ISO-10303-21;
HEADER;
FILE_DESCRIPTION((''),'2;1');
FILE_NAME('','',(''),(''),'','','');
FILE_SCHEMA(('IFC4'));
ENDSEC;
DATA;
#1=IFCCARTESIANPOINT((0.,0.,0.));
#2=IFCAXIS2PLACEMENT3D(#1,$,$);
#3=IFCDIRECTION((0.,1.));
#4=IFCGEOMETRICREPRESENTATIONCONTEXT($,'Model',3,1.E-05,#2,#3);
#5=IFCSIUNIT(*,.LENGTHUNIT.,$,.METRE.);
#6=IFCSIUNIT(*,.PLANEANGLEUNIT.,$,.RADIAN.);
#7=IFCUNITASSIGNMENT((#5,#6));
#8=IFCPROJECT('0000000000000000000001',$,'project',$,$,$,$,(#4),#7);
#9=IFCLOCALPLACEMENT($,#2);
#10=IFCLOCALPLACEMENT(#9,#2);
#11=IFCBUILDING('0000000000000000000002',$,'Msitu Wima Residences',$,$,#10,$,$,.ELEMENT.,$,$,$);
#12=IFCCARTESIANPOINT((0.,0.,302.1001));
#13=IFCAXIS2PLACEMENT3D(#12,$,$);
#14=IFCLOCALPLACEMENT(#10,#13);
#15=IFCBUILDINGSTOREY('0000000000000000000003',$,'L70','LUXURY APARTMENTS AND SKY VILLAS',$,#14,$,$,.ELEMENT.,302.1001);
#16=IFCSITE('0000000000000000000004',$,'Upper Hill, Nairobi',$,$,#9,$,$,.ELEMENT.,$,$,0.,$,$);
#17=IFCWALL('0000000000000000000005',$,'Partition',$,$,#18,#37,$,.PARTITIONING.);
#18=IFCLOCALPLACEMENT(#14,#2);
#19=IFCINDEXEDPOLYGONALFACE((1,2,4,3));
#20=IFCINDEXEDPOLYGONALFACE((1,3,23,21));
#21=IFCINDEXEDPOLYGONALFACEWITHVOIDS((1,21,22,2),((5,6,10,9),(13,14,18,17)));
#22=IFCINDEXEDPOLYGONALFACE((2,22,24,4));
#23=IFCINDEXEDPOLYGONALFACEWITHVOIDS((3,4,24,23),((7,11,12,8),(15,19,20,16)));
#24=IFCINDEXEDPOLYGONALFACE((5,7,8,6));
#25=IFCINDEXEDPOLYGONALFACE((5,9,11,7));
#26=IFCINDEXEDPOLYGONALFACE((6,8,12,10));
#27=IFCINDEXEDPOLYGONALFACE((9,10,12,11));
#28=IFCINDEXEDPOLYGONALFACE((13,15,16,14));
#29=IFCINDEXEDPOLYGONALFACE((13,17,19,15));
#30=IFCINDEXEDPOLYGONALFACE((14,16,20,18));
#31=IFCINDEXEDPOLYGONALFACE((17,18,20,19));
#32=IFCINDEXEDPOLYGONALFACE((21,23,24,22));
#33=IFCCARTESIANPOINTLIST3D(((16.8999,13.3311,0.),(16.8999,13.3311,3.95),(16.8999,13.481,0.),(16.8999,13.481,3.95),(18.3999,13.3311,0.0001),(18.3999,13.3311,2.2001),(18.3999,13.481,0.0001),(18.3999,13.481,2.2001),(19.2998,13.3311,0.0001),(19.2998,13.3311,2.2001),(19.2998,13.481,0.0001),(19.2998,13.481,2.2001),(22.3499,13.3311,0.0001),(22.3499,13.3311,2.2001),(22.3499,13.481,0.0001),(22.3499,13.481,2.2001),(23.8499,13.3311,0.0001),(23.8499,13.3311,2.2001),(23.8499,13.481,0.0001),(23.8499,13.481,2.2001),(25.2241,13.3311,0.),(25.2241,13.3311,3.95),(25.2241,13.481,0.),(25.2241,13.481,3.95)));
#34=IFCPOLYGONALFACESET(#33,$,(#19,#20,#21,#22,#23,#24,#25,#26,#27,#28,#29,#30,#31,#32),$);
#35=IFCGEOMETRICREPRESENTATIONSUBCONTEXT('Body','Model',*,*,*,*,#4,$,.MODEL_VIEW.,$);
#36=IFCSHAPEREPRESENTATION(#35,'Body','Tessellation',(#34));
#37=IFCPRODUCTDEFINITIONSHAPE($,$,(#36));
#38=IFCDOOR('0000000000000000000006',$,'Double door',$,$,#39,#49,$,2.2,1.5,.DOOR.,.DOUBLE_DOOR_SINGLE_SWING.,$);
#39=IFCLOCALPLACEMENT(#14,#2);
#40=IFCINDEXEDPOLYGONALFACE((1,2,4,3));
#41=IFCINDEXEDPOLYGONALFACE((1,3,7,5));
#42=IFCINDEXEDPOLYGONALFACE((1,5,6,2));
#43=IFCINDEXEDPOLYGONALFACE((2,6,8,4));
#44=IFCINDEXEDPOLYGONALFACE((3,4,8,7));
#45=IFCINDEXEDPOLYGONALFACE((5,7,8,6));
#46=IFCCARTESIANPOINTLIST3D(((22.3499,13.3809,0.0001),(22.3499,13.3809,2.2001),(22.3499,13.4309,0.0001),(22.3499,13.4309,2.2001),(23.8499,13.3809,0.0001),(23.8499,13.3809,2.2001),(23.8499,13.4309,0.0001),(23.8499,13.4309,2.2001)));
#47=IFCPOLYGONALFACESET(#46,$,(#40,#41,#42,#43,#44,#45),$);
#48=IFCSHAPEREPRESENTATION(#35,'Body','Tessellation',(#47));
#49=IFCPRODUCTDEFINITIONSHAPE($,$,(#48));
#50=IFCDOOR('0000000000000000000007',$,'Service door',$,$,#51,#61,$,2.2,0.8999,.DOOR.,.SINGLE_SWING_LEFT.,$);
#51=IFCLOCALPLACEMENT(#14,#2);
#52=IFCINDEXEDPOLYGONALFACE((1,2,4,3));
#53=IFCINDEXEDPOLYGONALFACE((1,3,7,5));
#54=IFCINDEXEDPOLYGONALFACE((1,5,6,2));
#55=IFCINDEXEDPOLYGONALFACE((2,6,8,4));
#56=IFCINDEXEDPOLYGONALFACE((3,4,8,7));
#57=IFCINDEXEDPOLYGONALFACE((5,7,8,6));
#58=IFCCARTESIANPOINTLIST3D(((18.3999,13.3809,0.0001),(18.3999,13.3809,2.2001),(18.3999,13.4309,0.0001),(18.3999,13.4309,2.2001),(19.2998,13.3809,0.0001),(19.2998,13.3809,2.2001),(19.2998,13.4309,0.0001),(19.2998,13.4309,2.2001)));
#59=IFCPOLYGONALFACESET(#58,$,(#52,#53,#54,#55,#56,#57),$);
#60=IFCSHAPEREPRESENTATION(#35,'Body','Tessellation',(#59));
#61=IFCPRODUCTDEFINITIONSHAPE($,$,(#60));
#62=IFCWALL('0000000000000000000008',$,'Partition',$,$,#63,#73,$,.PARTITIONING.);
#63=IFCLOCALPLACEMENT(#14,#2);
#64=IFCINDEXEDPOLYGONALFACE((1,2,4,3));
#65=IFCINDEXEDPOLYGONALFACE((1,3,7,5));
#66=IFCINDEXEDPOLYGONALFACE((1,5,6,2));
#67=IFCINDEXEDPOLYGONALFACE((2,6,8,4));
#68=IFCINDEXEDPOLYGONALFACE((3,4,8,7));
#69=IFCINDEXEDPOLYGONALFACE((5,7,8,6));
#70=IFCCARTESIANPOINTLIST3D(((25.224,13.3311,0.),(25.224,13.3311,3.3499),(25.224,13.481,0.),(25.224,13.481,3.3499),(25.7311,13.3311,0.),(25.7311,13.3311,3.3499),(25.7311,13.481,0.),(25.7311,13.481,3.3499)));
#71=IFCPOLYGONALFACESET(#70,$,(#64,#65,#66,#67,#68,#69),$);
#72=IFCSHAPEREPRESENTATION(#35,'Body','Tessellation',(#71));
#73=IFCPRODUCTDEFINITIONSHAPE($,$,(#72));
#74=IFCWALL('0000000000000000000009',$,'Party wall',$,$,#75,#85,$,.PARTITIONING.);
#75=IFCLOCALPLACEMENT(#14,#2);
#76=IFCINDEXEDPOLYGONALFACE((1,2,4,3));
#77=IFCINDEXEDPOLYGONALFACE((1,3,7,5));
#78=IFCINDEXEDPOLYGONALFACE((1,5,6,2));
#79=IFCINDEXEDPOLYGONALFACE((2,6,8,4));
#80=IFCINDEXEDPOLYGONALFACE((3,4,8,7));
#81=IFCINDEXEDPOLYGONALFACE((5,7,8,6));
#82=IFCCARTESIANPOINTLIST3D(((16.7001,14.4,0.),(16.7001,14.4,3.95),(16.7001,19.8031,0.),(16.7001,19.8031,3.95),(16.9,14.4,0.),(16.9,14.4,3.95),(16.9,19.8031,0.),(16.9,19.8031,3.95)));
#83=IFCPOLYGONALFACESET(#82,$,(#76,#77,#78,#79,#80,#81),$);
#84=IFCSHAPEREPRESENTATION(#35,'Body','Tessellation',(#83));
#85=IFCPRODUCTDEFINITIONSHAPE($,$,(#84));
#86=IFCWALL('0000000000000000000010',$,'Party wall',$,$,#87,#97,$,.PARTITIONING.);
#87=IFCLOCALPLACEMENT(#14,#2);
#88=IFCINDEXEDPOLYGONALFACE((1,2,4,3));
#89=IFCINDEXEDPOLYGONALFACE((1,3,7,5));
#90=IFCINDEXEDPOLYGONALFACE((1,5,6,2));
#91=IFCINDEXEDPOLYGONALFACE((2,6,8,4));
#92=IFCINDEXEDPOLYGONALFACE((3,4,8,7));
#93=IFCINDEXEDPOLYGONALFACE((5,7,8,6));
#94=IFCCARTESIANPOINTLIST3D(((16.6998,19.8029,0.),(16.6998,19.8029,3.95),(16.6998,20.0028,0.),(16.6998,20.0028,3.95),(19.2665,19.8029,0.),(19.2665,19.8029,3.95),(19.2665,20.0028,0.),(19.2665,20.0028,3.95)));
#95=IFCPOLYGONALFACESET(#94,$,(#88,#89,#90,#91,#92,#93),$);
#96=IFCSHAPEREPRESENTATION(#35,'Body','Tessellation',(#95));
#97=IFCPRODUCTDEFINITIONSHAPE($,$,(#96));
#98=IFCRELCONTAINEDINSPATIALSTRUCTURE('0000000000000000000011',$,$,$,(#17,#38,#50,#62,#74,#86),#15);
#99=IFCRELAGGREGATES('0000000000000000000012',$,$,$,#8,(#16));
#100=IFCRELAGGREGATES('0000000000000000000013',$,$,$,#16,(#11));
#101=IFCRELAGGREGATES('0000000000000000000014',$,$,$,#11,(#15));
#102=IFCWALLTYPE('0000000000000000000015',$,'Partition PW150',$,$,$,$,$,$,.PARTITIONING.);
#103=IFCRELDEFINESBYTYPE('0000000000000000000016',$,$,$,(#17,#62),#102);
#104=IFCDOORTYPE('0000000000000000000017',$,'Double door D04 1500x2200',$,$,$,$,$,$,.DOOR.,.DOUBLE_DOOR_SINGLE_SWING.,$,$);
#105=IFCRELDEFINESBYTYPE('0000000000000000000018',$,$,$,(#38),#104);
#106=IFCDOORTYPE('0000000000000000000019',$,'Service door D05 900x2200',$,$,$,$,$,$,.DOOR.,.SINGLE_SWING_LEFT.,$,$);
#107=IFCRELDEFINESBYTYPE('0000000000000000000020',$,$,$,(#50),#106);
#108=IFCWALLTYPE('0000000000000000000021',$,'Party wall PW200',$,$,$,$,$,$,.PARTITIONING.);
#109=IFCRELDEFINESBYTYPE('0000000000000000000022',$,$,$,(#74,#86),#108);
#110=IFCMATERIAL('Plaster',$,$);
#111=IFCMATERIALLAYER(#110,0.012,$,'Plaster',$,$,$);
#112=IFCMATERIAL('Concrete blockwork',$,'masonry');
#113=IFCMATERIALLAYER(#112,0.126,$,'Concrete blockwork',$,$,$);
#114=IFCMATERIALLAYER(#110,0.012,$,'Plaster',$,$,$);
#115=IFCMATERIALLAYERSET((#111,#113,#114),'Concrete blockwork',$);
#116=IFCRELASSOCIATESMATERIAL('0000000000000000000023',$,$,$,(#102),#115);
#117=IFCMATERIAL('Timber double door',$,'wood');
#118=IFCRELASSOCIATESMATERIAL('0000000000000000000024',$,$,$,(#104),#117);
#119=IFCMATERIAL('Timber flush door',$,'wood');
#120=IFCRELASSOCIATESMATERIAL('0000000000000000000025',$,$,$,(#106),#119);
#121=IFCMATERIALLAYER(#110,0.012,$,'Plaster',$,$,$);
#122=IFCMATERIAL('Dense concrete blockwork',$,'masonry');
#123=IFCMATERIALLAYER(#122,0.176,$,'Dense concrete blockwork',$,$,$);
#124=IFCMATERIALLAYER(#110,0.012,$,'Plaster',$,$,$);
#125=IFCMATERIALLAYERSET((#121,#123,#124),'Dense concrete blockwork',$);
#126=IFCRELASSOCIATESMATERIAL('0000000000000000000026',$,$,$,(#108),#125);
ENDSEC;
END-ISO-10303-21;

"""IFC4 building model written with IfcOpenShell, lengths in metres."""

from ifc_helpers import new_model, si_unit, direction, frame, frame_2d, origin, place, context, subcontext, project, spatial, rectangle, extrude, material, layer, layer_set, type_object, element, fill, save


model = new_model("IFC4")

# Units and contexts
model_context = context("Model", 3, precision=1e-05, world=origin(), true_north=direction((0.0, 1.0)))
body_context = subcontext(model_context, "Body", "Model", "MODEL_VIEW")
ifc_project = project(units=[si_unit("LENGTHUNIT", "METRE"), si_unit("PLANEANGLEUNIT", "RADIAN")], contexts=[model_context])

# Site, building, storey
site_placement = place(None, origin())
site = spatial("IfcSite", under=ifc_project, at=site_placement, Name="Upper Hill, Nairobi", CompositionType="ELEMENT", RefElevation=0.0)
building_placement = place(site_placement, origin())
building = spatial("IfcBuilding", under=site, at=building_placement, Name="Msitu Wima Residences", CompositionType="ELEMENT")
storey_placement = place(building_placement, frame((0.0, 0.0, 302.1001)))
storey = spatial("IfcBuildingStorey", under=building, at=storey_placement, Name="L70", Description="LUXURY APARTMENTS AND SKY VILLAS", CompositionType="ELEMENT", Elevation=302.1001)

# Shared definitions
ifc_material_1 = material(Name="Plaster")
ifc_material_2 = material(Name="Concrete blockwork", Category="masonry")

# Wall, openings, doors
ifc_layer_1 = layer(ifc_material_1, 0.012, Name="Plaster")
ifc_layer_2 = layer(ifc_material_2, 0.126, Name="Concrete blockwork")
ifc_layer_3 = layer(ifc_material_1, 0.012, Name="Plaster")
ifc_layer_set_1 = layer_set([ifc_layer_1, ifc_layer_2, ifc_layer_3], Name="Concrete blockwork")
wall_type_1 = type_object("IfcWallType", Name="Partition PW150", PredefinedType="PARTITIONING", material=ifc_layer_set_1)
wall_1_placement = place(storey_placement, frame((16.8999, 13.406, 0.0), z_axis=(0.0, 0.0, 1.0), x_axis=(1.0, 0.0, 0.0)))
wall_1 = element("IfcWall", 1, at=wall_1_placement, inside=storey, type_object=wall_type_1, Name="Partition", PredefinedType="PARTITIONING", context=body_context, shape_type="SweptSolid", body=[
    extrude(rectangle(XDim=8.3242, YDim=0.1499, at=frame_2d((4.1621, 0.0))), origin(), (0.0, 0.0, 1.0), 3.95),
])
opening_1_placement = place(wall_1_placement, frame((5.45, 0.0, 0.0)))
opening_1 = element("IfcOpeningElement", 2, at=opening_1_placement, cuts=wall_1, PredefinedType="OPENING", context=body_context, shape_type="SweptSolid", body=[
    extrude(rectangle(XDim=1.5, YDim=2.2, at=frame_2d((0.75, 1.1001))), frame((0.0, 0.085, 0.0), z_axis=(0.0, -1.0, 0.0), x_axis=(1.0, 0.0, 0.0)), (0.0, 0.0, 1.0), 0.1699),
])
opening_2_placement = place(wall_1_placement, frame((1.5, 0.0, 0.0)))
opening_2 = element("IfcOpeningElement", 3, at=opening_2_placement, cuts=wall_1, PredefinedType="OPENING", context=body_context, shape_type="SweptSolid", body=[
    extrude(rectangle(XDim=0.8999, YDim=2.2, at=frame_2d((0.45, 1.1001))), frame((0.0, 0.085, 0.0), z_axis=(0.0, -1.0, 0.0), x_axis=(1.0, 0.0, 0.0)), (0.0, 0.0, 1.0), 0.1699),
])
ifc_material_3 = material(Name="Timber double door", Category="wood")
door_type_1 = type_object("IfcDoorType", Name="Double door D04 1500x2200", OperationType="DOUBLE_DOOR_SINGLE_SWING", PredefinedType="DOOR", material=ifc_material_3)
door_1_placement = place(opening_1_placement, origin())
door_1 = element("IfcDoor", 4, at=door_1_placement, inside=storey, type_object=door_type_1, Name="Double door", OperationType="DOUBLE_DOOR_SINGLE_SWING", OverallHeight=2.2, OverallWidth=1.5, PredefinedType="DOOR", context=body_context, shape_type="SweptSolid", body=[
    extrude(rectangle(XDim=1.5, YDim=2.2, at=frame_2d((0.75, 1.1001))), frame((0.0, 0.0249, 0.0), z_axis=(0.0, -1.0, 0.0), x_axis=(1.0, 0.0, 0.0)), (0.0, 0.0, 1.0), 0.05),
])
fill(opening_1, door_1)
ifc_material_4 = material(Name="Timber flush door", Category="wood")
door_type_2 = type_object("IfcDoorType", Name="Service door D05 900x2200", OperationType="SINGLE_SWING_LEFT", PredefinedType="DOOR", material=ifc_material_4)
door_2_placement = place(opening_2_placement, origin())
door_2 = element("IfcDoor", 5, at=door_2_placement, inside=storey, type_object=door_type_2, Name="Service door", OperationType="SINGLE_SWING_LEFT", OverallHeight=2.2, OverallWidth=0.8999, PredefinedType="DOOR", context=body_context, shape_type="SweptSolid", body=[
    extrude(rectangle(XDim=0.8999, YDim=2.2, at=frame_2d((0.45, 1.1001))), frame((0.0, 0.0249, 0.0), z_axis=(0.0, -1.0, 0.0), x_axis=(1.0, 0.0, 0.0)), (0.0, 0.0, 1.0), 0.05),
])
fill(opening_2, door_2)

# Walls
wall_2_placement = place(storey_placement, frame((25.2241, 13.406, 0.0), z_axis=(0.0, 0.0, 1.0), x_axis=(1.0, 0.0, 0.0)))
element("IfcWall", 6, at=wall_2_placement, inside=storey, type_object=wall_type_1, Name="Partition", PredefinedType="PARTITIONING", context=body_context, shape_type="SweptSolid", body=[
    extrude(rectangle(XDim=0.5071, YDim=0.1499, at=frame_2d((0.2534, 0.0))), origin(), (0.0, 0.0, 1.0), 3.3499),
])
ifc_layer_4 = layer(ifc_material_1, 0.012, Name="Plaster")
ifc_material_5 = material(Name="Dense concrete blockwork", Category="masonry")
ifc_layer_5 = layer(ifc_material_5, 0.176, Name="Dense concrete blockwork")
ifc_layer_6 = layer(ifc_material_1, 0.012, Name="Plaster")
ifc_layer_set_2 = layer_set([ifc_layer_4, ifc_layer_5, ifc_layer_6], Name="Dense concrete blockwork")
wall_type_2 = type_object("IfcWallType", Name="Party wall PW200", PredefinedType="PARTITIONING", material=ifc_layer_set_2)
wall_3_placement = place(storey_placement, frame((16.8, 14.3999, 0.0), z_axis=(0.0, 0.0, 1.0), x_axis=(0.0, 1.0, 0.0)))
element("IfcWall", 7, at=wall_3_placement, inside=storey, type_object=wall_type_2, Name="Party wall", PredefinedType="PARTITIONING", context=body_context, shape_type="SweptSolid", body=[
    extrude(rectangle(XDim=5.4031, YDim=0.2, at=frame_2d((2.7017, 0.0))), origin(), (0.0, 0.0, 1.0), 3.95),
])
wall_4_placement = place(storey_placement, frame((16.7, 19.9028, 0.0), z_axis=(0.0, 0.0, 1.0), x_axis=(1.0, 0.0, 0.0)))
element("IfcWall", 8, at=wall_4_placement, inside=storey, type_object=wall_type_2, Name="Party wall", PredefinedType="PARTITIONING", context=body_context, shape_type="SweptSolid", body=[
    extrude(rectangle(XDim=2.5667, YDim=0.2, at=frame_2d((1.2832, 0.0))), origin(), (0.0, 0.0, 1.0), 3.95),
])

save(model, "model.ifc")
